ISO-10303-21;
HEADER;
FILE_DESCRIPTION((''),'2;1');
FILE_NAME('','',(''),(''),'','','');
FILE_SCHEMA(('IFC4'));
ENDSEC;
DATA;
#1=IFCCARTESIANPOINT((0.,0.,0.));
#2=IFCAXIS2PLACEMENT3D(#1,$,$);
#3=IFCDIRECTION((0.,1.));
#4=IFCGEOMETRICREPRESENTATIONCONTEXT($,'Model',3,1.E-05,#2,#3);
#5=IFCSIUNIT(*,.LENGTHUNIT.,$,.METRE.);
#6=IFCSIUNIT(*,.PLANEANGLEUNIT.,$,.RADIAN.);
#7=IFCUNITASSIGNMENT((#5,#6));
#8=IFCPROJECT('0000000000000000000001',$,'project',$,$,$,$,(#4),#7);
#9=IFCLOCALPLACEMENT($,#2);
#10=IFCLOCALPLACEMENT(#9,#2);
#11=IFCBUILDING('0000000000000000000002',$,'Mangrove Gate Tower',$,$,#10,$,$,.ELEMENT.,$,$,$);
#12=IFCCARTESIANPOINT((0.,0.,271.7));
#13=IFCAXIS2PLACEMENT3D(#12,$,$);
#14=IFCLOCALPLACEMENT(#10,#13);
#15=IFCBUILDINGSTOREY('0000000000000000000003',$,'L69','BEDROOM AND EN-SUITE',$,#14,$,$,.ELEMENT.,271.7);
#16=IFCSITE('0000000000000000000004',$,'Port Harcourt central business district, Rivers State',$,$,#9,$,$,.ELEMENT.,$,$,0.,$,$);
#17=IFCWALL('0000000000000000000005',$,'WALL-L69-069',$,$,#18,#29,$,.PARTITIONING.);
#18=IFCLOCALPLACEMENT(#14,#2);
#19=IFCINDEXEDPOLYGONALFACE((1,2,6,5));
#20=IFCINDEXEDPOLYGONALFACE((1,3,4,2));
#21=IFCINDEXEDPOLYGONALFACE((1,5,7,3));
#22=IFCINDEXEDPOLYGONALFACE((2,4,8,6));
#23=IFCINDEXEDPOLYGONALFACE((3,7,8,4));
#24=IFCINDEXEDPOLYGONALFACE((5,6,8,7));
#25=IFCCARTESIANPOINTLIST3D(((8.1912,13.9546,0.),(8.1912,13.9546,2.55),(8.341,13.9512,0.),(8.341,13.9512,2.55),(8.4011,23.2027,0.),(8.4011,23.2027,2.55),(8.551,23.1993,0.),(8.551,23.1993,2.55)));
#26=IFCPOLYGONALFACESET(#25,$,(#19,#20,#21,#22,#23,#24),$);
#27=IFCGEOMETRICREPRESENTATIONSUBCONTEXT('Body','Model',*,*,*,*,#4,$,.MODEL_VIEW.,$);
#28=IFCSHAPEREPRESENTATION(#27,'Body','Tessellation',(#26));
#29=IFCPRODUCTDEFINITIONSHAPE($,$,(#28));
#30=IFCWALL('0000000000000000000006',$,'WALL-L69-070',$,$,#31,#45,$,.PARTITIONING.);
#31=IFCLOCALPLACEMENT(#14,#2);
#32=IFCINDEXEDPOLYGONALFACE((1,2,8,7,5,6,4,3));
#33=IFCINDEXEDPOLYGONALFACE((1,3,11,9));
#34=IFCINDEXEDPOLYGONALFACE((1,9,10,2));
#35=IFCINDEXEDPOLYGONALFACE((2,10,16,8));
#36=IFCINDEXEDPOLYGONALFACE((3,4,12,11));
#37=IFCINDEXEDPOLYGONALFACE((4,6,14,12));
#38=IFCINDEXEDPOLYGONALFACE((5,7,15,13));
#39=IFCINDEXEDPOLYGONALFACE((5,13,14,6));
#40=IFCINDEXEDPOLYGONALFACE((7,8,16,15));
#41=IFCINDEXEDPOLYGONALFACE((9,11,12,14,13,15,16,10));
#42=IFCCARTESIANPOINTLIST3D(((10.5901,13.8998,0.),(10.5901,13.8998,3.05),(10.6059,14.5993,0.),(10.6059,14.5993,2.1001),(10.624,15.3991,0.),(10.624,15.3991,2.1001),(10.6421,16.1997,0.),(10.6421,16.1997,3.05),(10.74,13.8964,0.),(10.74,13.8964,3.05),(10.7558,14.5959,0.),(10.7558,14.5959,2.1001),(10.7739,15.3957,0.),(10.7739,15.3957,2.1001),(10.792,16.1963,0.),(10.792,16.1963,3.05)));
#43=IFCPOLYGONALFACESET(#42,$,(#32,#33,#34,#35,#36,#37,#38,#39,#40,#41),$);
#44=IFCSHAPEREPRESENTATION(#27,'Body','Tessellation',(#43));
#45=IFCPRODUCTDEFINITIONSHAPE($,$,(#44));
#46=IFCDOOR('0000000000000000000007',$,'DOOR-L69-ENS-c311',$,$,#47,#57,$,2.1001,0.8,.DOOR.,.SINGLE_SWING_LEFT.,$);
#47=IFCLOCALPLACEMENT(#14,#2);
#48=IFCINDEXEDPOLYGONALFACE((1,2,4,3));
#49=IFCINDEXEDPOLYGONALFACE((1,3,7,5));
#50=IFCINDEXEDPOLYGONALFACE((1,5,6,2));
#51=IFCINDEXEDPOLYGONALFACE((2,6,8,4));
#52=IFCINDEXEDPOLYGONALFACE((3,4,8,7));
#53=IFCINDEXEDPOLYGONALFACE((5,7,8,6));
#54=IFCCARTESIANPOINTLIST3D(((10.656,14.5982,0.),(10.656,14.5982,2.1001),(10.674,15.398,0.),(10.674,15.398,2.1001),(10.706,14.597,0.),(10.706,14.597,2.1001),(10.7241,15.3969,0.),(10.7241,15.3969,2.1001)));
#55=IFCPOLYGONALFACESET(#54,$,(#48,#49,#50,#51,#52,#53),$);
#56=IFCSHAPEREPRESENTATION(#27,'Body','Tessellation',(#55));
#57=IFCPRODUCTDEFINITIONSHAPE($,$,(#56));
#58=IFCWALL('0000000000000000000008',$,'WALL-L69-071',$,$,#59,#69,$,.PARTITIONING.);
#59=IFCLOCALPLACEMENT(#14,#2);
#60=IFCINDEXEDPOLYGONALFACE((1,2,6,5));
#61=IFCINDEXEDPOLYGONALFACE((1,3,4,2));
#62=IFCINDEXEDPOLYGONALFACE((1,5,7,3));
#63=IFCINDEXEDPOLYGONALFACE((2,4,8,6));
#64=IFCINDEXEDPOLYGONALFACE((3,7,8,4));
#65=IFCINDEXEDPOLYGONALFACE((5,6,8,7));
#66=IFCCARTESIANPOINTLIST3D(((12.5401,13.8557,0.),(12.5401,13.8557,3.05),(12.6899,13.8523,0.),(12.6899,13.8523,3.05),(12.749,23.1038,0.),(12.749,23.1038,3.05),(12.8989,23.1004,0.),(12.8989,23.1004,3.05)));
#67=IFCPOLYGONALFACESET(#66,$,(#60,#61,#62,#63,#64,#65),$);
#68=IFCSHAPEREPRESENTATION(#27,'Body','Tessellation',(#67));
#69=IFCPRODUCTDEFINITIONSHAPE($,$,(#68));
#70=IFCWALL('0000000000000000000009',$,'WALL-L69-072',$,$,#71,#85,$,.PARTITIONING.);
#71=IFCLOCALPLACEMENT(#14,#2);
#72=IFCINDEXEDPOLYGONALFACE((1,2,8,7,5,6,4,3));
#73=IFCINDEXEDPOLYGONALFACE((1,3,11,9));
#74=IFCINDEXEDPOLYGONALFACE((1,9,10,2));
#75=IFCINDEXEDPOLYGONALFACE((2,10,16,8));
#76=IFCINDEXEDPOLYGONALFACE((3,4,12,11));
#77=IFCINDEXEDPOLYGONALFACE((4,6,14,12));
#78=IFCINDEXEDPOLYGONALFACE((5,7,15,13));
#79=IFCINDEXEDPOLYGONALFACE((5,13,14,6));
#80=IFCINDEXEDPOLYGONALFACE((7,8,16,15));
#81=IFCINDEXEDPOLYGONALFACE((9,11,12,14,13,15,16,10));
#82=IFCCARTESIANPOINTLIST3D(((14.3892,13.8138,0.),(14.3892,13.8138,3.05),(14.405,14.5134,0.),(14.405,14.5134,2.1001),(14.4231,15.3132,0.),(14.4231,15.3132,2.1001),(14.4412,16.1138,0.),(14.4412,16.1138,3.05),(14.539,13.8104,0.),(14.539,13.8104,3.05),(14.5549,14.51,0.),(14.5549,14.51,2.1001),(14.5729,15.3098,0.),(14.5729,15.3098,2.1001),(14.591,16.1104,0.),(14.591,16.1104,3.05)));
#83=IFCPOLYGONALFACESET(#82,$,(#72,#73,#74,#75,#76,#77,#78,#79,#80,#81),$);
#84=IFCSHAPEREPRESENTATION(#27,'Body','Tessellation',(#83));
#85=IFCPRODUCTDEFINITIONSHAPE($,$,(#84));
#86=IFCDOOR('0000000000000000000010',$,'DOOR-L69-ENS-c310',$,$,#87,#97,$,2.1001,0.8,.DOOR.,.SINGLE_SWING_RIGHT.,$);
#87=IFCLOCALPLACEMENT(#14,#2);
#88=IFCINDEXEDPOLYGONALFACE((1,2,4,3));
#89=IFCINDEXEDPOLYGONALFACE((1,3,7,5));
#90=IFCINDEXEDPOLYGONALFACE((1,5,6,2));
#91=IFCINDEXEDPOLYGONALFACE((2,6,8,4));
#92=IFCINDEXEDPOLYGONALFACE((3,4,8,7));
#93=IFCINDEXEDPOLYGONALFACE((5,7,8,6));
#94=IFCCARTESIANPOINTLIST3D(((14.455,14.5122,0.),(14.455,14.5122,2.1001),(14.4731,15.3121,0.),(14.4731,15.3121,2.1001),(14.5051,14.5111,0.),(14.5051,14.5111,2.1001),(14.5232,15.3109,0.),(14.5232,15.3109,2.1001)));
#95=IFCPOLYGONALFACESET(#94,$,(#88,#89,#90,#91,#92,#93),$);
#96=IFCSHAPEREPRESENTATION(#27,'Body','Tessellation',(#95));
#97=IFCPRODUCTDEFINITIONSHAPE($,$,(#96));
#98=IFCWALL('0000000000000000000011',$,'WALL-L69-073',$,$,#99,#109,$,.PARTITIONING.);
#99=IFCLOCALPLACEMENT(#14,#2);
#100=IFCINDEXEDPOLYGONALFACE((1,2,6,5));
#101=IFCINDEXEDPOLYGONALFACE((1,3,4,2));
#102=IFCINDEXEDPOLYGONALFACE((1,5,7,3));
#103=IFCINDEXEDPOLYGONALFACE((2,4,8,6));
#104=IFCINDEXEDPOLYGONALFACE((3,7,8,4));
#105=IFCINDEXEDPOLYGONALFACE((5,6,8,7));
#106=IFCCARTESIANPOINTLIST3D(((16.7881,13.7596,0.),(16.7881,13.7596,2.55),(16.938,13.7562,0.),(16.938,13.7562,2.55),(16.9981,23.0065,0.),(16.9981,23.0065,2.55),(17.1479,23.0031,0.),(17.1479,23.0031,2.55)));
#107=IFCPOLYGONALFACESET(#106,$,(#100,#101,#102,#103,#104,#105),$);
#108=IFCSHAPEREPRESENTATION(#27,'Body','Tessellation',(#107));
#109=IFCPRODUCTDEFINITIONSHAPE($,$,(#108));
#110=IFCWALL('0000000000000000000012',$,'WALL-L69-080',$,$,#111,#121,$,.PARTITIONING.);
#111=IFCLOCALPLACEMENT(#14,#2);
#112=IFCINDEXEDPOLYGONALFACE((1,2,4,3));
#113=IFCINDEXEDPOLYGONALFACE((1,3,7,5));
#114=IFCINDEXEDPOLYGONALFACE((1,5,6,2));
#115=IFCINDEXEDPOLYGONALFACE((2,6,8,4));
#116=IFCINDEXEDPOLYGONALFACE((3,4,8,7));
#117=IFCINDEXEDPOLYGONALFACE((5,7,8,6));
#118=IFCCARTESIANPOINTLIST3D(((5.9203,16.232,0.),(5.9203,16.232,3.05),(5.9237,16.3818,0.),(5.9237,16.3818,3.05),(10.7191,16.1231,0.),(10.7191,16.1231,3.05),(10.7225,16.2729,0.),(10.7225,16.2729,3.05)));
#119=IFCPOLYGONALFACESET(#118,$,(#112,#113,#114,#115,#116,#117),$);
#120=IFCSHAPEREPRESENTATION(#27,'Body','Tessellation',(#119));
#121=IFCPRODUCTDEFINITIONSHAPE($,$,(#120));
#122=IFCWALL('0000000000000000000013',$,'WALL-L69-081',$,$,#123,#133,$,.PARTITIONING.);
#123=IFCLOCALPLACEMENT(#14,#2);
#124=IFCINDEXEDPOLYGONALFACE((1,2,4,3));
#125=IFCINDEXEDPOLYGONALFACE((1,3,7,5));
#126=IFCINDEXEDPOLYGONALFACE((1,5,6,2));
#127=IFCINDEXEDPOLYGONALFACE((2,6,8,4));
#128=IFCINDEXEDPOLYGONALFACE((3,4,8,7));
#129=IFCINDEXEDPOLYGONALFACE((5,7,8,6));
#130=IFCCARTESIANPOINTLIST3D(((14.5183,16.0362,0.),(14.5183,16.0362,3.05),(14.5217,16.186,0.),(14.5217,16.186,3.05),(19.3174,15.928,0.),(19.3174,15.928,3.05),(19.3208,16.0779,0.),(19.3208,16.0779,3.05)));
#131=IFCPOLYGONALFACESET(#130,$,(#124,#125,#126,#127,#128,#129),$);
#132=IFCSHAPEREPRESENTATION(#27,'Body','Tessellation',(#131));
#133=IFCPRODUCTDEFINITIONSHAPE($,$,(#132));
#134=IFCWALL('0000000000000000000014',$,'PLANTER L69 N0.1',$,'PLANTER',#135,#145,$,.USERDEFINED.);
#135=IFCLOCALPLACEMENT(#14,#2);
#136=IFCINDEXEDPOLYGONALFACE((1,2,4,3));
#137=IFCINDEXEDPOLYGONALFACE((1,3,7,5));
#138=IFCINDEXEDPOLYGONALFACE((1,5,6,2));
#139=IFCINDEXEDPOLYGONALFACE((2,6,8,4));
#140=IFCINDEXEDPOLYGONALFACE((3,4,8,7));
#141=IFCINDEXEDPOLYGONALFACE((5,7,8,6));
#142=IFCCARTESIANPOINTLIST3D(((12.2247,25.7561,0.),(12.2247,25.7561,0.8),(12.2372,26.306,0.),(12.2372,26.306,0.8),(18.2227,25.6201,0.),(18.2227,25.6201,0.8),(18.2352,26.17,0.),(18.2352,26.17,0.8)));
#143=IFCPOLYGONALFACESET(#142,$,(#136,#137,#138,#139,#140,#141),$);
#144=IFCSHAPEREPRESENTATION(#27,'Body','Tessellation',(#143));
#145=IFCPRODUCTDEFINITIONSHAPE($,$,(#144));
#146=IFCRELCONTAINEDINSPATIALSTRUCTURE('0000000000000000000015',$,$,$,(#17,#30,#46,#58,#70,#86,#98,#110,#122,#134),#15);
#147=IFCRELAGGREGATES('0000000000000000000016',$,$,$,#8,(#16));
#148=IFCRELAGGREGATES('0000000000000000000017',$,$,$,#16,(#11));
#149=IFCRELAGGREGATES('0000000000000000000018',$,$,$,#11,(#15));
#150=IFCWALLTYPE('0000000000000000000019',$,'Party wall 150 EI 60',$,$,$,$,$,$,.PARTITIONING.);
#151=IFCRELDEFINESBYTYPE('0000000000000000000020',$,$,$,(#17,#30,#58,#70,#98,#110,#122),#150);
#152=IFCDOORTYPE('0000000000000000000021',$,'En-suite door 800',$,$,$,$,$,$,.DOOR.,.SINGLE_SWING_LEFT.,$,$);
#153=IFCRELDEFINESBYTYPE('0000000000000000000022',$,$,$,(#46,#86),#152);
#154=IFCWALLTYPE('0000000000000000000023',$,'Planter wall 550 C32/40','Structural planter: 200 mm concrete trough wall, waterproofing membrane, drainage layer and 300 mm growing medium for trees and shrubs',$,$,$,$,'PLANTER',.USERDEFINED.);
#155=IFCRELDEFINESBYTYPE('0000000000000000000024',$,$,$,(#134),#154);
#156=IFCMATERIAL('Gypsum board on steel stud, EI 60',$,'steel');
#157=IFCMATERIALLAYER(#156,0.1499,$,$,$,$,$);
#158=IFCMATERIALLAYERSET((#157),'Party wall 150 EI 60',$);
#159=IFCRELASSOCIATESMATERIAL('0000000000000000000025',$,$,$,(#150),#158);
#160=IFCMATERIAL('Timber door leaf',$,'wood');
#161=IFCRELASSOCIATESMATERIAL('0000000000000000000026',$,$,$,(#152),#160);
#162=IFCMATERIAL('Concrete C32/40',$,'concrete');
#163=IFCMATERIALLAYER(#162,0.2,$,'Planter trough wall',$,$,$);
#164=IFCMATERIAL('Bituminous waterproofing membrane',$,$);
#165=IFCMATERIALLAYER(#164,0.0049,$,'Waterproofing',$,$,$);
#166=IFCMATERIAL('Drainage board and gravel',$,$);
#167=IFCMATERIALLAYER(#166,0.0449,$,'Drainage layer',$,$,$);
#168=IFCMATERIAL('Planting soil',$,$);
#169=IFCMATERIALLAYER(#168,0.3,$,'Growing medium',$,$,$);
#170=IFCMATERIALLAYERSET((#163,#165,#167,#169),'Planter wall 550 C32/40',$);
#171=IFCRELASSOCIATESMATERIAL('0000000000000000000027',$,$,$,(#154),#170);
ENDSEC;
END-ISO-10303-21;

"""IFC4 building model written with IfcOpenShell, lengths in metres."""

from ifc_helpers import new_model, si_unit, direction, frame, frame_2d, origin, place, context, subcontext, project, spatial, rectangle, extrude, material, layer, layer_set, type_object, element, fill, save


model = new_model("IFC4")

# Units and contexts
model_context = context("Model", 3, precision=1e-05, world=origin(), true_north=direction((0.0, 1.0)))
body_context = subcontext(model_context, "Body", "Model", "MODEL_VIEW")
ifc_project = project(units=[si_unit("LENGTHUNIT", "METRE"), si_unit("PLANEANGLEUNIT", "RADIAN")], contexts=[model_context])

# Site, building, storey
site_placement = place(None, origin())
site = spatial("IfcSite", under=ifc_project, at=site_placement, Name="Port Harcourt central business district, Rivers State", CompositionType="ELEMENT", RefElevation=0.0)
building_placement = place(site_placement, origin())
building = spatial("IfcBuilding", under=site, at=building_placement, Name="Mangrove Gate Tower", CompositionType="ELEMENT")
storey_placement = place(building_placement, frame((0.0, 0.0, 271.7)))
storey = spatial("IfcBuildingStorey", under=building, at=storey_placement, Name="L69", Description="BEDROOM AND EN-SUITE", CompositionType="ELEMENT", Elevation=271.7)

# Shared definitions
ifc_material_1 = material(Name="Gypsum board on steel stud, EI 60", Category="steel")
ifc_layer_1 = layer(ifc_material_1, 0.1499)
ifc_layer_set_1 = layer_set([ifc_layer_1], Name="Party wall 150 EI 60")
wall_type_1 = type_object("IfcWallType", Name="Party wall 150 EI 60", PredefinedType="PARTITIONING", material=ifc_layer_set_1)
ifc_material_2 = material(Name="Timber door leaf", Category="wood")
door_type_1 = type_object("IfcDoorType", Name="En-suite door 800", OperationType="SINGLE_SWING_LEFT", PredefinedType="DOOR", material=ifc_material_2)

# Wall
wall_1_placement = place(storey_placement, frame((8.2661, 13.9529, 0.0), z_axis=(0.0, 0.0, 1.0), x_axis=(0.022697, 0.999742, 0.0)))
element("IfcWall", 1, at=wall_1_placement, inside=storey, type_object=wall_type_1, Name="WALL-L69-069", PredefinedType="PARTITIONING", context=body_context, shape_type="SweptSolid", body=[
    extrude(rectangle(XDim=9.2505, YDim=0.1499, at=frame_2d((4.6252, 0.0))), origin(), (0.0, 0.0, 1.0), 2.55),
])

# Wall, opening, door
wall_2_placement = place(storey_placement, frame((10.665, 13.8979, 0.0), z_axis=(0.0, 0.0, 1.0), x_axis=(0.022603, 0.999745, 0.0)))
wall_2 = element("IfcWall", 2, at=wall_2_placement, inside=storey, type_object=wall_type_1, Name="WALL-L69-070", PredefinedType="PARTITIONING", context=body_context, shape_type="SweptSolid", body=[
    extrude(rectangle(XDim=2.3005, YDim=0.1499, at=frame_2d((1.1504, 0.0))), origin(), (0.0, 0.0, 1.0), 3.05),
])
opening_1_placement = place(wall_2_placement, frame((0.7, 0.0, 0.0)))
opening_1 = element("IfcOpeningElement", 3, at=opening_1_placement, cuts=wall_2, PredefinedType="OPENING", context=body_context, shape_type="SweptSolid", body=[
    extrude(rectangle(XDim=0.8, YDim=2.1001, at=frame_2d((0.3999, 1.05))), frame((0.0, 0.085, 0.0), z_axis=(0.0, -1.0, 0.0), x_axis=(1.0, 0.0, 0.0)), (0.0, 0.0, 1.0), 0.1699),
])
door_1_placement = place(opening_1_placement, origin())
door_1 = element("IfcDoor", 4, at=door_1_placement, inside=storey, type_object=door_type_1, Name="DOOR-L69-ENS-c311", OperationType="SINGLE_SWING_LEFT", OverallHeight=2.1001, OverallWidth=0.8, PredefinedType="DOOR", context=body_context, shape_type="SweptSolid", body=[
    extrude(rectangle(XDim=0.8, YDim=2.1001, at=frame_2d((0.3999, 1.05))), frame((0.0, 0.0249, 0.0), z_axis=(0.0, -1.0, 0.0), x_axis=(1.0, 0.0, 0.0)), (0.0, 0.0, 1.0), 0.05),
])
fill(opening_1, door_1)

# Wall
wall_3_placement = place(storey_placement, frame((12.615, 13.854, 0.0), z_axis=(0.0, 0.0, 1.0), x_axis=(0.022592, 0.999745, 0.0)))
element("IfcWall", 5, at=wall_3_placement, inside=storey, type_object=wall_type_1, Name="WALL-L69-071", PredefinedType="PARTITIONING", context=body_context, shape_type="SweptSolid", body=[
    extrude(rectangle(XDim=9.2505, YDim=0.1499, at=frame_2d((4.6252, 0.0))), origin(), (0.0, 0.0, 1.0), 3.05),
])

# Wall, opening, door
wall_4_placement = place(storey_placement, frame((14.4641, 13.812, 0.0), z_axis=(0.0, 0.0, 1.0), x_axis=(0.022603, 0.999745, 0.0)))
wall_4 = element("IfcWall", 6, at=wall_4_placement, inside=storey, type_object=wall_type_1, Name="WALL-L69-072", PredefinedType="PARTITIONING", context=body_context, shape_type="SweptSolid", body=[
    extrude(rectangle(XDim=2.3005, YDim=0.1499, at=frame_2d((1.1504, 0.0))), origin(), (0.0, 0.0, 1.0), 3.05),
])
opening_2_placement = place(wall_4_placement, frame((0.7, 0.0, 0.0)))
opening_2 = element("IfcOpeningElement", 7, at=opening_2_placement, cuts=wall_4, PredefinedType="OPENING", context=body_context, shape_type="SweptSolid", body=[
    extrude(rectangle(XDim=0.8, YDim=2.1001, at=frame_2d((0.3999, 1.05))), frame((0.0, 0.085, 0.0), z_axis=(0.0, -1.0, 0.0), x_axis=(1.0, 0.0, 0.0)), (0.0, 0.0, 1.0), 0.1699),
])
door_2_placement = place(opening_2_placement, origin())
door_2 = element("IfcDoor", 8, at=door_2_placement, inside=storey, type_object=door_type_1, Name="DOOR-L69-ENS-c310", OperationType="SINGLE_SWING_RIGHT", OverallHeight=2.1001, OverallWidth=0.8, PredefinedType="DOOR", context=body_context, shape_type="SweptSolid", body=[
    extrude(rectangle(XDim=0.8, YDim=2.1001, at=frame_2d((0.3999, 1.05))), frame((0.0, 0.0249, 0.0), z_axis=(0.0, -1.0, 0.0), x_axis=(1.0, 0.0, 0.0)), (0.0, 0.0, 1.0), 0.05),
])
fill(opening_2, door_2)

# Walls
wall_5_placement = place(storey_placement, frame((16.863, 13.7581, 0.0), z_axis=(0.0, 0.0, 1.0), x_axis=(0.0227, 0.999742, 0.0)))
element("IfcWall", 9, at=wall_5_placement, inside=storey, type_object=wall_type_1, Name="WALL-L69-073", PredefinedType="PARTITIONING", context=body_context, shape_type="SweptSolid", body=[
    extrude(rectangle(XDim=9.2493, YDim=0.1499, at=frame_2d((4.6245, 0.0))), origin(), (0.0, 0.0, 1.0), 2.55),
])
wall_6_placement = place(storey_placement, frame((5.9221, 16.3069, 0.0), z_axis=(0.0, 0.0, 1.0), x_axis=(0.999743, -0.022684, 0.0)))
element("IfcWall", 10, at=wall_6_placement, inside=storey, type_object=wall_type_1, Name="WALL-L69-080", PredefinedType="PARTITIONING", context=body_context, shape_type="SweptSolid", body=[
    extrude(rectangle(XDim=4.8, YDim=0.1499, at=frame_2d((2.3999, 0.0))), origin(), (0.0, 0.0, 1.0), 3.05),
])
wall_7_placement = place(storey_placement, frame((14.52, 16.1111, 0.0), z_axis=(0.0, 0.0, 1.0), x_axis=(0.999746, -0.022531, 0.0)))
element("IfcWall", 11, at=wall_7_placement, inside=storey, type_object=wall_type_1, Name="WALL-L69-081", PredefinedType="PARTITIONING", context=body_context, shape_type="SweptSolid", body=[
    extrude(rectangle(XDim=4.8003, YDim=0.1499, at=frame_2d((2.4001, 0.0))), origin(), (0.0, 0.0, 1.0), 3.05),
])
ifc_material_3 = material(Name="Concrete C32/40", Category="concrete")
ifc_layer_2 = layer(ifc_material_3, 0.2, Name="Planter trough wall")
ifc_material_4 = material(Name="Bituminous waterproofing membrane")
ifc_layer_3 = layer(ifc_material_4, 0.0049, Name="Waterproofing")
ifc_material_5 = material(Name="Drainage board and gravel")
ifc_layer_4 = layer(ifc_material_5, 0.0449, Name="Drainage layer")
ifc_material_6 = material(Name="Planting soil")
ifc_layer_5 = layer(ifc_material_6, 0.3, Name="Growing medium")
ifc_layer_set_2 = layer_set([ifc_layer_2, ifc_layer_3, ifc_layer_4, ifc_layer_5], Name="Planter wall 550 C32/40")
wall_type_2 = type_object("IfcWallType", Name="Planter wall 550 C32/40", Description="Structural planter: 200 mm concrete trough wall, waterproofing membrane, drainage layer and 300 mm growing medium for trees and shrubs", ElementType="PLANTER", PredefinedType="USERDEFINED", material=ifc_layer_set_2)
wall_8_placement = place(storey_placement, frame((12.231, 26.031, 0.0), z_axis=(0.0, 0.0, 1.0), x_axis=(0.999743, -0.022666, 0.0)))
element("IfcWall", 12, at=wall_8_placement, inside=storey, type_object=wall_type_2, Name="PLANTER L69 N0.1", ObjectType="PLANTER", PredefinedType="USERDEFINED", context=body_context, shape_type="SweptSolid", body=[
    extrude(rectangle(XDim=5.9995, YDim=0.55, at=frame_2d((2.9998, 0.0))), origin(), (0.0, 0.0, 1.0), 0.8),
])

save(model, "model.ifc")
